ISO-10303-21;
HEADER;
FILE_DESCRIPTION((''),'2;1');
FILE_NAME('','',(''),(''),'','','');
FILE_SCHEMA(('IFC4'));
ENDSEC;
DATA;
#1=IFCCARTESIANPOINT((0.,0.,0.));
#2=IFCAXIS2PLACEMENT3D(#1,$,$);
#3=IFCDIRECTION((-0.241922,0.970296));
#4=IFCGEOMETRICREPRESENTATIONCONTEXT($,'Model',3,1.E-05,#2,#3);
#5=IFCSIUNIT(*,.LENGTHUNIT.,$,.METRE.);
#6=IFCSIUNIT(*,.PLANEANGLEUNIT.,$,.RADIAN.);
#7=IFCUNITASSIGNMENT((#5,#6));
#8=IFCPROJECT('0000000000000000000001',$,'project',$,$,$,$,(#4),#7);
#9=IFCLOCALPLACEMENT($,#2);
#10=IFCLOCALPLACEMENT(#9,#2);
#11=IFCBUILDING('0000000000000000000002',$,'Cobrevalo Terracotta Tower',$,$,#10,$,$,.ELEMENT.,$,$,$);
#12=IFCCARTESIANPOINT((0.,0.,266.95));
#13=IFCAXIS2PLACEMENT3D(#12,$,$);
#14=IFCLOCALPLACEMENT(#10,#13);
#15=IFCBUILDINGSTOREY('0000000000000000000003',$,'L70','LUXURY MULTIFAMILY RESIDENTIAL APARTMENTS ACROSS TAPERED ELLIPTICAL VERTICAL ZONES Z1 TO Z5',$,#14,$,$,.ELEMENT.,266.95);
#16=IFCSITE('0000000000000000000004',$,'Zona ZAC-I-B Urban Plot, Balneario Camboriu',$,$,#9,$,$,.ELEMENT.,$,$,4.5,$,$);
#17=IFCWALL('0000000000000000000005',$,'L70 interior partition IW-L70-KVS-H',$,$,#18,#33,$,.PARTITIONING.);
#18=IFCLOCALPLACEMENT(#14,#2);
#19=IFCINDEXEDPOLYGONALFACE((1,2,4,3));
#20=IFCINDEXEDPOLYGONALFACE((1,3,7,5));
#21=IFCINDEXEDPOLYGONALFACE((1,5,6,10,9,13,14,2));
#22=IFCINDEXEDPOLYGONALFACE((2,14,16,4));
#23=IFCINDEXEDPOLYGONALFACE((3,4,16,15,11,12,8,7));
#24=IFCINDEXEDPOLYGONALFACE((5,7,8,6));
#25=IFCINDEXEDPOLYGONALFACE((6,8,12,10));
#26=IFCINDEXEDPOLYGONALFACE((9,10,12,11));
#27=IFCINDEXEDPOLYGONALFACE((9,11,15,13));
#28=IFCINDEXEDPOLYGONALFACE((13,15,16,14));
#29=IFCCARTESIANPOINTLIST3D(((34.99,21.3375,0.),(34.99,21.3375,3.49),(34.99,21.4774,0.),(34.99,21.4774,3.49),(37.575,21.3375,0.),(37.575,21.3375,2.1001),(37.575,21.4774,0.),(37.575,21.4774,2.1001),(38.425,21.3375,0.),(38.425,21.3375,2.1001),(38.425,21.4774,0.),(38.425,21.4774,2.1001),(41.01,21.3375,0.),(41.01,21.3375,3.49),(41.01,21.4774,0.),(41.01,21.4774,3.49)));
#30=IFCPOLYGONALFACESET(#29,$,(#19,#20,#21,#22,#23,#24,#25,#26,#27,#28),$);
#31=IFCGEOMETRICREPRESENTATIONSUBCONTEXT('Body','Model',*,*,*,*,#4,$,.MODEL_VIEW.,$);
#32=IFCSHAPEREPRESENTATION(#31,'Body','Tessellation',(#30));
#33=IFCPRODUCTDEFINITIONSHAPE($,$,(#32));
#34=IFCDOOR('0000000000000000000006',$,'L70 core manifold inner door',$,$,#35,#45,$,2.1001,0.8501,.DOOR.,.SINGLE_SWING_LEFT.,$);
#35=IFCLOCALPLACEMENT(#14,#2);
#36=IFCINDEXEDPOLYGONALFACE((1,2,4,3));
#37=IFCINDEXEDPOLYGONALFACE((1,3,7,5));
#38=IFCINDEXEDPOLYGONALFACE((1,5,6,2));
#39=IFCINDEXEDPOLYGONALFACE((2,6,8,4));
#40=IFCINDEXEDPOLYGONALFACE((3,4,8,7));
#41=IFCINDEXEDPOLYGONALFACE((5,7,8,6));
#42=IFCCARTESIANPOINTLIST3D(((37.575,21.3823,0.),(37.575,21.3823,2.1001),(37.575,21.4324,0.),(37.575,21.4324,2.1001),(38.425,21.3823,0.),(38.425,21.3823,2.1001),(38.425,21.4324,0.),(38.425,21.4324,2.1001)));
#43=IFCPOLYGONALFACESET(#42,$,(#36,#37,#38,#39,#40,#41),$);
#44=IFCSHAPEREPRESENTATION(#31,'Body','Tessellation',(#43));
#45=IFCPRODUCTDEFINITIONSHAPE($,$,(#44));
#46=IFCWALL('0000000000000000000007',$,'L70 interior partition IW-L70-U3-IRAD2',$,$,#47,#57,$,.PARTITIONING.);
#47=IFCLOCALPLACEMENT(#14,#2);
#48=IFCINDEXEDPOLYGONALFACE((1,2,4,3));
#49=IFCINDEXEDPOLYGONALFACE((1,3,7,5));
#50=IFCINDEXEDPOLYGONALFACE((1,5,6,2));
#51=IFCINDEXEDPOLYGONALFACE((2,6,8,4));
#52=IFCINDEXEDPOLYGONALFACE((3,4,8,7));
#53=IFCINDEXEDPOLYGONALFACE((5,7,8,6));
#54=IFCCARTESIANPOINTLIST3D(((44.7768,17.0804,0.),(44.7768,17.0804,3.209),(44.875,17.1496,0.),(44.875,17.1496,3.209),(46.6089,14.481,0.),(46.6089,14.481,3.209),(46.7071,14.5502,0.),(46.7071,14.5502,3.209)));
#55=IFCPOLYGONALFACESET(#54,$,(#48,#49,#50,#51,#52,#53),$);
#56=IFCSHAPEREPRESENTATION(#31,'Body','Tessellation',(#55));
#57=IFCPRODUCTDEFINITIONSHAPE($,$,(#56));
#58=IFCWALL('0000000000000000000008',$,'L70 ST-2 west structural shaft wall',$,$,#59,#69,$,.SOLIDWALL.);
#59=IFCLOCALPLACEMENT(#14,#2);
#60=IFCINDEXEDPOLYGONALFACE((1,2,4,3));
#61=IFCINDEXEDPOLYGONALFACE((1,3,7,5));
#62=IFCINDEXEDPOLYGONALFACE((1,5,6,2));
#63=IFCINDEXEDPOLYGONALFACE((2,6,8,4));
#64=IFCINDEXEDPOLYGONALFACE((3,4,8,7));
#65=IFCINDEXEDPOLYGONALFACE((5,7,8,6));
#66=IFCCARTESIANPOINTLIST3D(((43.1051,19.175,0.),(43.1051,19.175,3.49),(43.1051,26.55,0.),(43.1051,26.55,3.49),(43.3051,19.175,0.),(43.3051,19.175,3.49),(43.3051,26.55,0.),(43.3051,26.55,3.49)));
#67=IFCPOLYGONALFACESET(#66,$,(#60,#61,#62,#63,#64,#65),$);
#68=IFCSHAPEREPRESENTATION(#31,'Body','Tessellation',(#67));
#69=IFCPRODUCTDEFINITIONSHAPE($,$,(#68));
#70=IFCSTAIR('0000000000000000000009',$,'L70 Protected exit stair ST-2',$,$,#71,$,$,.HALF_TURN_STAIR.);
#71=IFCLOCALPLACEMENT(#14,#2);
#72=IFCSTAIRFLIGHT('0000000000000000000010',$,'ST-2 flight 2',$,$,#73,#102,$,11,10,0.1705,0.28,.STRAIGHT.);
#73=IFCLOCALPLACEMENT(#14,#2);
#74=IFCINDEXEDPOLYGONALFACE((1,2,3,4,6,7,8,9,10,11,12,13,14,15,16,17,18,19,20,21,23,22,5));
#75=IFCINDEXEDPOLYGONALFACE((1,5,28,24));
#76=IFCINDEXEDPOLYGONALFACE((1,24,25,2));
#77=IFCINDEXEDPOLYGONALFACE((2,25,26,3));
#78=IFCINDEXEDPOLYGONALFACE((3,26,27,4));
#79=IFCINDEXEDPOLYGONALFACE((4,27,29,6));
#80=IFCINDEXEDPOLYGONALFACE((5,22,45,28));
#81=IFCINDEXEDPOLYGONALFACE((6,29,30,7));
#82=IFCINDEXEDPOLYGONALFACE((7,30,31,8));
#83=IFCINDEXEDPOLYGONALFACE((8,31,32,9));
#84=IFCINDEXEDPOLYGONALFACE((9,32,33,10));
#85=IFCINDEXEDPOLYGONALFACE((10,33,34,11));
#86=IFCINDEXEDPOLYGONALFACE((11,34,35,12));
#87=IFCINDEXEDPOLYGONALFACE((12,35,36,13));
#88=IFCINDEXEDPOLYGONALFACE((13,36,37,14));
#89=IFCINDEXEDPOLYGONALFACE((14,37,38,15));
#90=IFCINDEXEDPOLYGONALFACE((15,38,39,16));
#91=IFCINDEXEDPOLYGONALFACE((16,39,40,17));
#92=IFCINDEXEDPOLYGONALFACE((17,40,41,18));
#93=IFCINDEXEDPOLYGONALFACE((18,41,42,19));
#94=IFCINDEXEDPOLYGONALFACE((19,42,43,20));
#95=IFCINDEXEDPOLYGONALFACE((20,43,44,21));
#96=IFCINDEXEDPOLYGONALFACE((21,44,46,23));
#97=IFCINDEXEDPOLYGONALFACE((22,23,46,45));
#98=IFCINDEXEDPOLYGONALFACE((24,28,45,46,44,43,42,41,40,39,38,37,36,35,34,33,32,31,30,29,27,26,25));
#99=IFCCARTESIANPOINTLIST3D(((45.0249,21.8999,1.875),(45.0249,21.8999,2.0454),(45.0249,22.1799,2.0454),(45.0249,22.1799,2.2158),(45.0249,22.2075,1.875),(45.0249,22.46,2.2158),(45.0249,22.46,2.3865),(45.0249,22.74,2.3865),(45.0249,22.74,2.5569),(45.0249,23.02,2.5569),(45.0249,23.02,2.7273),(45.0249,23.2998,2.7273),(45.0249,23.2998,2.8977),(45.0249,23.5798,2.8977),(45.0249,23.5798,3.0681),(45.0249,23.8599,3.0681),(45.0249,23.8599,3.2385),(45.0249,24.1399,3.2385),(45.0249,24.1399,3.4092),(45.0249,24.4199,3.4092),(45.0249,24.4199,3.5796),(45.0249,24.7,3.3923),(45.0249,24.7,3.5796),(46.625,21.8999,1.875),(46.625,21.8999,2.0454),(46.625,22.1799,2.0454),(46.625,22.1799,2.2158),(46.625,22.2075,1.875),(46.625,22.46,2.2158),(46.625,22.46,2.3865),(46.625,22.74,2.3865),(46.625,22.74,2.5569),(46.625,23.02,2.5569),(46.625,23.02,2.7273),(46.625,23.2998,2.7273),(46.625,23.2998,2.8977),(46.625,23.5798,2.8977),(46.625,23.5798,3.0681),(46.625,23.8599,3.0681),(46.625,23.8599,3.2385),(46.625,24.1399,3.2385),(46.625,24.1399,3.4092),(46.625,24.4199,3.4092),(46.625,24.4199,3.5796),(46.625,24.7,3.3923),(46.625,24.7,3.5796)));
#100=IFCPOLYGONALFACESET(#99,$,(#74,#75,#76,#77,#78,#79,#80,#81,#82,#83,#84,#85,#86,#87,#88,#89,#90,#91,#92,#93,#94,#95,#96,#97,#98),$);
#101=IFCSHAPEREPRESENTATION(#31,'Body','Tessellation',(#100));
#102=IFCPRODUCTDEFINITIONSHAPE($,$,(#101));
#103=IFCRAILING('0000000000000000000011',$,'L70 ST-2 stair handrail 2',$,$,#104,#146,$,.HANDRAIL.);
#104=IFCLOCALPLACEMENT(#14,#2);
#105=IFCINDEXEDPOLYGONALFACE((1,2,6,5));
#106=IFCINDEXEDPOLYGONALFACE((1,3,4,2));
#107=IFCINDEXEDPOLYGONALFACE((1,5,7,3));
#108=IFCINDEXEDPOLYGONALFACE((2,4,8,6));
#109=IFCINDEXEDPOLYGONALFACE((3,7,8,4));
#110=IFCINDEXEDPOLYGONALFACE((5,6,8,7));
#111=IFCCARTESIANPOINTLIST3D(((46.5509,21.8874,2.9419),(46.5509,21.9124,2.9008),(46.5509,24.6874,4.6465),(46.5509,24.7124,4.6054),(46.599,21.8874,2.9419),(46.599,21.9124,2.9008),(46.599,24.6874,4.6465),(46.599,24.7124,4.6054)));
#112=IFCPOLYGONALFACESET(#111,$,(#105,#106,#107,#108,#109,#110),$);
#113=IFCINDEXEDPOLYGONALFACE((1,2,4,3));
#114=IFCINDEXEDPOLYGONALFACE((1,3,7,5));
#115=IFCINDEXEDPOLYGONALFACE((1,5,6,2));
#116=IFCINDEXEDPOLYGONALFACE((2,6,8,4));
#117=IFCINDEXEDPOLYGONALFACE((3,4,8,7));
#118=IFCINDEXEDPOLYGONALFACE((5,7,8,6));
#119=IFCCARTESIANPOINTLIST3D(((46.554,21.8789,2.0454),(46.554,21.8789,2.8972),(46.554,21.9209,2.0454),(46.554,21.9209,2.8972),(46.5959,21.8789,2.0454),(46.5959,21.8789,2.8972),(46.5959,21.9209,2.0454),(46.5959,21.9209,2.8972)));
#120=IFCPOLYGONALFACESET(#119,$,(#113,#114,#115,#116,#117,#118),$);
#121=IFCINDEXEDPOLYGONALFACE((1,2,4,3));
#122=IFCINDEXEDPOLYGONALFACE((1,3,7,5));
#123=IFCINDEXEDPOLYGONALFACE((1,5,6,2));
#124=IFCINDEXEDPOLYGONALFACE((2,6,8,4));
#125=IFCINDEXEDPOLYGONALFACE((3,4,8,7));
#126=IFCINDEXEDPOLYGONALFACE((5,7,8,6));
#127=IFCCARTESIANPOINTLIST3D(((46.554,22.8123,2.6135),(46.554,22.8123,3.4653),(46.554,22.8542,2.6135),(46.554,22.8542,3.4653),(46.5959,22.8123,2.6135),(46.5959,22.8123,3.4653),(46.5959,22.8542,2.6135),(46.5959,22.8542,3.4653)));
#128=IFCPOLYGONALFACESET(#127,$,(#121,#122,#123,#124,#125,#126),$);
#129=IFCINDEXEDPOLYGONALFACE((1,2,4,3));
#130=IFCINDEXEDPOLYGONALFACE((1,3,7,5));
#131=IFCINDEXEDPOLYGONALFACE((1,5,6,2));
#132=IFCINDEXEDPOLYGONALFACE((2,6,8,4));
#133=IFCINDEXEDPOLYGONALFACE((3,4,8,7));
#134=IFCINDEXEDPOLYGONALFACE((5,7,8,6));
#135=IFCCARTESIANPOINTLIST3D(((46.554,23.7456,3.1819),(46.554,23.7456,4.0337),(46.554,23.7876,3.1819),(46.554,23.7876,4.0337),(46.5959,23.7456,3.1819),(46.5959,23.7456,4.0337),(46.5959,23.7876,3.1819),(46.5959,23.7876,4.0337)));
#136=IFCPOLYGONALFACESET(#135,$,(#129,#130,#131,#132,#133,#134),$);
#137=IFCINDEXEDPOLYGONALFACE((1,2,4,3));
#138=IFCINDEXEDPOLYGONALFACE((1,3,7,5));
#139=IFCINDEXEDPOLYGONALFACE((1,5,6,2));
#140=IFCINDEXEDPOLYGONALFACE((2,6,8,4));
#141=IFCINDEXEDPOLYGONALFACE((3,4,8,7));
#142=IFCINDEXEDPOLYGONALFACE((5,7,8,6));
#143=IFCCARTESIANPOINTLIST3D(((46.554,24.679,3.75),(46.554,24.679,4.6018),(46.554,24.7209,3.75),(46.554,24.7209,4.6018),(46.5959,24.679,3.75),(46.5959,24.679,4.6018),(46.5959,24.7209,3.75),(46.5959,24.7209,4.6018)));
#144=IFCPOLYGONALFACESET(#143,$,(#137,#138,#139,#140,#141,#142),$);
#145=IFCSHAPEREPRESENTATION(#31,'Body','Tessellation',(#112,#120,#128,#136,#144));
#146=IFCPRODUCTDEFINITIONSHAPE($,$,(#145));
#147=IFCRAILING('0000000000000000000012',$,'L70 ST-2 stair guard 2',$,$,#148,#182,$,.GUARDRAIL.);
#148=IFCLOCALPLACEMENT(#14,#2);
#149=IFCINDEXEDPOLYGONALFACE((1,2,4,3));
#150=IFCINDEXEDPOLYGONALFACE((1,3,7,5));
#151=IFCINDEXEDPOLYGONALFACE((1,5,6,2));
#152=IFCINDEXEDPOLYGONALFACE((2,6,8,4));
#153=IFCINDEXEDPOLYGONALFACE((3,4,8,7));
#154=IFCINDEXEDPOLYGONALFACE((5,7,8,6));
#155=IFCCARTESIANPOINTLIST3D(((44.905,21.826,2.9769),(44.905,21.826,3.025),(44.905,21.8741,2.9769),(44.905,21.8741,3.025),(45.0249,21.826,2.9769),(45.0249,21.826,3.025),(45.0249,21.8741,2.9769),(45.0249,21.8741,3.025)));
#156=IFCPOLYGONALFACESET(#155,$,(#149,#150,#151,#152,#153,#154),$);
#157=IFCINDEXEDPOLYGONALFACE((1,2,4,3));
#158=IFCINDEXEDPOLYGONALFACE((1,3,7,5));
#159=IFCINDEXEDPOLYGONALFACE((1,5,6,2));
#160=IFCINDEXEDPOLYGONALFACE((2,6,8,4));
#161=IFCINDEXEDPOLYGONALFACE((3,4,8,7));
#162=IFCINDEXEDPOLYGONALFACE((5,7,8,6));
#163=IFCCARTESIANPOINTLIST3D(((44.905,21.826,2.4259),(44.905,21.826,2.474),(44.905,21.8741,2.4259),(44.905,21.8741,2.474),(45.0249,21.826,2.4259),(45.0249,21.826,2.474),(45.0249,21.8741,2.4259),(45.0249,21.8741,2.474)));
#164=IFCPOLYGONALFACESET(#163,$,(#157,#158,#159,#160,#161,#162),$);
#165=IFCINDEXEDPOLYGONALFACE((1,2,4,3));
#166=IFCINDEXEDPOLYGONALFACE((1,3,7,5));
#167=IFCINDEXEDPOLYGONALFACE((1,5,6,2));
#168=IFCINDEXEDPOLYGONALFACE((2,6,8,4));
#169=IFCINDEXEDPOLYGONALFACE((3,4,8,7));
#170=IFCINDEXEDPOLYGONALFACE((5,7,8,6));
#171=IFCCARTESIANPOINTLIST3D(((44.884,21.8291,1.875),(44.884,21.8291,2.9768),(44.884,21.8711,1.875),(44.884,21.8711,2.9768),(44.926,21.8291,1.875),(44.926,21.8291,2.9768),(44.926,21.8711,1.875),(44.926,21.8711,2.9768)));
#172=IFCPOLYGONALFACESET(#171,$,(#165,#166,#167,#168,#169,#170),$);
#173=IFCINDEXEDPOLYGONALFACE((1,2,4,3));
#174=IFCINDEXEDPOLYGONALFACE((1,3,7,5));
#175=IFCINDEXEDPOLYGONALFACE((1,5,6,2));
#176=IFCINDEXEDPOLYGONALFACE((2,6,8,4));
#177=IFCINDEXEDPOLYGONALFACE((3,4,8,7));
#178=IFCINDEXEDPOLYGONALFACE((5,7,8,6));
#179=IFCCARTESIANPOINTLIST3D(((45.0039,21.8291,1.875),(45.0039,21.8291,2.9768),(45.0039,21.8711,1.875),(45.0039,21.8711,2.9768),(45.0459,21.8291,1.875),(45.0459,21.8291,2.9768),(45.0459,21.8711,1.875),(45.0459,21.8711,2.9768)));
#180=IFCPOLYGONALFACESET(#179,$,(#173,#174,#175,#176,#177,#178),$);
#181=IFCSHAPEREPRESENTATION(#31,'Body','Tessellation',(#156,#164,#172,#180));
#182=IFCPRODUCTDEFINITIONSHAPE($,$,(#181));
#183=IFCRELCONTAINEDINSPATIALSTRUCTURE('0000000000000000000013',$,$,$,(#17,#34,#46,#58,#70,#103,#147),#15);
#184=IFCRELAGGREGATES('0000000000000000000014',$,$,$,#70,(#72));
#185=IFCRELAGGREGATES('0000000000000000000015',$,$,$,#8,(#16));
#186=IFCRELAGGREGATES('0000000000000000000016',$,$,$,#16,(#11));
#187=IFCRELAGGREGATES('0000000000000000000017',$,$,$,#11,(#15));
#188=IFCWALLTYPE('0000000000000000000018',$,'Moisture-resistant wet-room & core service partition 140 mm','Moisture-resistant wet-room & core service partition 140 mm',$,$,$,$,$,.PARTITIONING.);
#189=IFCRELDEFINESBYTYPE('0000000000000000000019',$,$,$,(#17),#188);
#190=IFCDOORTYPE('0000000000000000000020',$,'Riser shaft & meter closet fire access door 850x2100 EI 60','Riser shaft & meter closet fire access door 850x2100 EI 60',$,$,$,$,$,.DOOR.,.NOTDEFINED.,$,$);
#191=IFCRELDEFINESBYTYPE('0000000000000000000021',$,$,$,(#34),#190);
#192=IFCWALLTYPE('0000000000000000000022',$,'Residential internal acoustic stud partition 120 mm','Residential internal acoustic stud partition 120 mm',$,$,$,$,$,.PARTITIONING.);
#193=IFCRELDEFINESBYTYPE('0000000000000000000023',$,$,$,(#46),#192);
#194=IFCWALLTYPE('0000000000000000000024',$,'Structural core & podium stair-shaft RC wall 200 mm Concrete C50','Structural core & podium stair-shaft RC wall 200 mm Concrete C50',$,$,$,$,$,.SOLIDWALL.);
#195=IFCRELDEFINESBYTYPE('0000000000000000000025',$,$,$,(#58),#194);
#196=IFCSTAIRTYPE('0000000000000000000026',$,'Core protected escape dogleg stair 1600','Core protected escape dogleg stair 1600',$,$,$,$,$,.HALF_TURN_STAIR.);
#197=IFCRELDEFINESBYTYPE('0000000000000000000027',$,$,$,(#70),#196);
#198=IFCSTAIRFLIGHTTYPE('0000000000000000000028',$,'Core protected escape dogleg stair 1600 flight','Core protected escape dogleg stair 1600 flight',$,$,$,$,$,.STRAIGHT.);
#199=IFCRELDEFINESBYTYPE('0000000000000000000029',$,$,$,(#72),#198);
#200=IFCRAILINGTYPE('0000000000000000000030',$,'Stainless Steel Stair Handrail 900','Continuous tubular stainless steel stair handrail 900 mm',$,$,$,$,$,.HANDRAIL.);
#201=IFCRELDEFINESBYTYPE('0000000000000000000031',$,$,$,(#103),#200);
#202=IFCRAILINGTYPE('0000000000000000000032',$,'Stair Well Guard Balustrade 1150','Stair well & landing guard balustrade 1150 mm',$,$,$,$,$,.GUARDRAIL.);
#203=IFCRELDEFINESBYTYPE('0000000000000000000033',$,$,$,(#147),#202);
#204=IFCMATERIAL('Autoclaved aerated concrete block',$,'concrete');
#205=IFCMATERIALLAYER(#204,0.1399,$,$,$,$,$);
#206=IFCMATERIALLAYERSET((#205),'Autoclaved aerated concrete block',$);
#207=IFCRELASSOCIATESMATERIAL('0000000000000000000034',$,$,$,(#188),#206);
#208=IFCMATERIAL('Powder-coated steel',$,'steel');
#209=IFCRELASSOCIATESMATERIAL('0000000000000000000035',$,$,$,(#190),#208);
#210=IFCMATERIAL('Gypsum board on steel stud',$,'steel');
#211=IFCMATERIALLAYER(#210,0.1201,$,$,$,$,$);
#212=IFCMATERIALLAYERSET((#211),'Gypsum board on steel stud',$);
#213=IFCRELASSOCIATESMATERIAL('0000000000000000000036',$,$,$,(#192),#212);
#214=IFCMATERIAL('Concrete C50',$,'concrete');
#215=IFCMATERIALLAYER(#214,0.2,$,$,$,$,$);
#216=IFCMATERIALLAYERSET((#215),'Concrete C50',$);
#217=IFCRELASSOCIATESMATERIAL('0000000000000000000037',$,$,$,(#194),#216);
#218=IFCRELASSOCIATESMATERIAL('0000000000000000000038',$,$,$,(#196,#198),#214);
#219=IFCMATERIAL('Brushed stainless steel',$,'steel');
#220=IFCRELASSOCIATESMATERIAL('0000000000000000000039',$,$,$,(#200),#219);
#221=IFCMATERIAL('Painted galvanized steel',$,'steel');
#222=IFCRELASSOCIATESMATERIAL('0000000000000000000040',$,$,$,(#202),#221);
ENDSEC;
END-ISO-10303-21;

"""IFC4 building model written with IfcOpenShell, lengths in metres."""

from ifc_helpers import new_model, si_unit, direction, frame, frame_2d, origin, origin_2d, place, context, subcontext, project, spatial, polyline, rectangle, outline, extrude, source, transform, mapped, material, layer, layer_set, type_object, element, fill, aggregate, save


model = new_model("IFC4")

# Units and contexts
model_context = context("Model", 3, precision=1e-05, world=origin(), true_north=direction((-0.241922, 0.970296)))
body_context = subcontext(model_context, "Body", "Model", "MODEL_VIEW")
ifc_project = project(units=[si_unit("LENGTHUNIT", "METRE"), si_unit("PLANEANGLEUNIT", "RADIAN")], contexts=[model_context])

# Site, building, storey
site_placement = place(None, origin())
site = spatial("IfcSite", under=ifc_project, at=site_placement, Name="Zona ZAC-I-B Urban Plot, Balneario Camboriu", CompositionType="ELEMENT", RefElevation=4.5)
building_placement = place(site_placement, origin())
building = spatial("IfcBuilding", under=site, at=building_placement, Name="Cobrevalo Terracotta Tower", CompositionType="ELEMENT")
storey_placement = place(building_placement, frame((0.0, 0.0, 266.95)))
storey = spatial("IfcBuildingStorey", under=building, at=storey_placement, Name="L70", Description="LUXURY MULTIFAMILY RESIDENTIAL APARTMENTS ACROSS TAPERED ELLIPTICAL VERTICAL ZONES Z1 TO Z5", CompositionType="ELEMENT", Elevation=266.95)

# Shared definitions
ifc_material_1 = material(Name="Concrete C50", Category="concrete")

# Shared definitions
ifc_material_2 = material(Name="Gypsum board on steel stud", Category="steel")
ifc_material_3 = material(Name="Autoclaved aerated concrete block", Category="concrete")

# Shared definitions
ifc_layer_1 = layer(ifc_material_3, 0.1399)
ifc_layer_set_1 = layer_set([ifc_layer_1], Name="Autoclaved aerated concrete block")
wall_type_1 = type_object("IfcWallType", Name="Moisture-resistant wet-room & core service partition 140 mm", Description="Moisture-resistant wet-room & core service partition 140 mm", PredefinedType="PARTITIONING", material=ifc_layer_set_1)

# Wall, opening, door
wall_1_placement = place(storey_placement, frame((34.99, 21.4075, 0.0), z_axis=(0.0, 0.0, 1.0), x_axis=(1.0, 0.0, 0.0)))
wall_1 = element("IfcWall", 1, at=wall_1_placement, inside=storey, type_object=wall_type_1, Name="L70 interior partition IW-L70-KVS-H", PredefinedType="PARTITIONING", context=body_context, shape_type="SweptSolid", body=[
    extrude(rectangle(XDim=6.02, YDim=0.1399, at=frame_2d((3.01, 0.0))), origin(), (0.0, 0.0, 1.0), 3.49),
])
opening_1_placement = place(wall_1_placement, frame((2.585, 0.0, 0.0)))
opening_1 = element("IfcOpeningElement", 2, at=opening_1_placement, cuts=wall_1, PredefinedType="OPENING", context=body_context, shape_type="SweptSolid", body=[
    extrude(rectangle(XDim=0.8501, YDim=2.1001, at=frame_2d((0.425, 1.05))), frame((0.0, 0.0801, 0.0), z_axis=(0.0, -1.0, 0.0), x_axis=(1.0, 0.0, 0.0)), (0.0, 0.0, 1.0), 0.1599),
])
ifc_material_4 = material(Name="Powder-coated steel", Category="steel")
door_type_1 = type_object("IfcDoorType", Name="Riser shaft & meter closet fire access door 850x2100 EI 60", Description="Riser shaft & meter closet fire access door 850x2100 EI 60", OperationType="NOTDEFINED", PredefinedType="DOOR", material=ifc_material_4)
shared_shape_1 = source(origin(), body_context, "Body", "SweptSolid", [
    extrude(rectangle(XDim=0.8501, YDim=2.1001, at=frame_2d((0.425, 1.05))), frame((0.0, 0.0249, 0.0), z_axis=(0.0, -1.0, 0.0), x_axis=(1.0, 0.0, 0.0)), (0.0, 0.0, 1.0), 0.05),
])
door_1_placement = place(opening_1_placement, origin())
door_1 = element("IfcDoor", 3, at=door_1_placement, inside=storey, type_object=door_type_1, Name="L70 core manifold inner door", OperationType="SINGLE_SWING_LEFT", OverallHeight=2.1001, OverallWidth=0.8501, PredefinedType="DOOR", context=body_context, shape_type="MappedRepresentation", body=[
    mapped(shared_shape_1, transform((0.0, 0.0, 0.0), scale=1.0)),
])
fill(opening_1, door_1)

# Walls
ifc_layer_2 = layer(ifc_material_2, 0.1201)
ifc_layer_set_2 = layer_set([ifc_layer_2], Name="Gypsum board on steel stud")
wall_type_2 = type_object("IfcWallType", Name="Residential internal acoustic stud partition 120 mm", Description="Residential internal acoustic stud partition 120 mm", PredefinedType="PARTITIONING", material=ifc_layer_set_2)
wall_2_placement = place(storey_placement, frame((44.8259, 17.115, 0.0), z_axis=(0.0, 0.0, 1.0), x_axis=(0.576092, -0.817385, 0.0)))
element("IfcWall", 4, at=wall_2_placement, inside=storey, type_object=wall_type_2, Name="L70 interior partition IW-L70-U3-IRAD2", PredefinedType="PARTITIONING", context=body_context, shape_type="SweptSolid", body=[
    extrude(rectangle(XDim=3.1802, YDim=0.1201, at=frame_2d((1.5901, 0.0))), origin(), (0.0, 0.0, 1.0), 3.209),
])
ifc_layer_3 = layer(ifc_material_1, 0.2)
ifc_layer_set_3 = layer_set([ifc_layer_3], Name="Concrete C50")
wall_type_3 = type_object("IfcWallType", Name="Structural core & podium stair-shaft RC wall 200 mm Concrete C50", Description="Structural core & podium stair-shaft RC wall 200 mm Concrete C50", PredefinedType="SOLIDWALL", material=ifc_layer_set_3)
wall_3_placement = place(storey_placement, frame((43.2051, 19.175, 0.0), z_axis=(0.0, 0.0, 1.0), x_axis=(0.0, 1.0, 0.0)))
element("IfcWall", 5, at=wall_3_placement, inside=storey, type_object=wall_type_3, Name="L70 ST-2 west structural shaft wall", PredefinedType="SOLIDWALL", context=body_context, shape_type="SweptSolid", body=[
    extrude(rectangle(XDim=7.375, YDim=0.2, at=frame_2d((3.6875, 0.0))), origin(), (0.0, 0.0, 1.0), 3.49),
])

# Stair, stair flight
stair_type = type_object("IfcStairType", Name="Core protected escape dogleg stair 1600", Description="Core protected escape dogleg stair 1600", PredefinedType="HALF_TURN_STAIR", material=ifc_material_1)
stair_placement = place(storey_placement, origin())
stair = element("IfcStair", 6, at=stair_placement, inside=storey, type_object=stair_type, Name="L70 Protected exit stair ST-2", PredefinedType="HALF_TURN_STAIR")
stair_flight_type = type_object("IfcStairFlightType", Name="Core protected escape dogleg stair 1600 flight", Description="Core protected escape dogleg stair 1600 flight", PredefinedType="STRAIGHT", material=ifc_material_1)
stair_flight_placement = place(storey_placement, frame((45.825, 21.8999, 1.875), z_axis=(0.0, 0.0, 1.0), x_axis=(0.0, 1.0, 0.0)))
stair_flight = element("IfcStairFlight", 7, at=stair_flight_placement, type_object=stair_flight_type, Name="ST-2 flight 2", NumberOfRisers=11, NumberOfTreads=10, PredefinedType="STRAIGHT", RiserHeight=0.1705, TreadLength=0.28, context=body_context, shape_type="SweptSolid", body=[
    extrude(outline(polyline([(0.0, 0.0), (0.0, 0.1704), (0.28, 0.1704), (0.28, 0.3408), (0.5601, 0.3408), (0.5601, 0.5115), (0.8401, 0.5115), (0.8401, 0.6819), (1.1201, 0.6819), (1.1201, 0.8523), (1.3999, 0.8523), (1.3999, 1.0227), (1.6799, 1.0227), (1.6799, 1.1931), (1.96, 1.1931), (1.96, 1.3635), (2.24, 1.3635), (2.24, 1.5342), (2.52, 1.5342), (2.52, 1.7046), (2.8, 1.7046), (2.8, 1.875), (2.8, 1.5173), (0.3076, 0.0), (0.0, 0.0)])), frame((0.0, 0.8, 0.0), z_axis=(0.0, -1.0, 0.0), x_axis=(1.0, 0.0, 0.0)), (0.0, 0.0, 1.0), 1.6001),
])
aggregate(stair, [stair_flight])

# Railings
ifc_material_5 = material(Name="Brushed stainless steel", Category="steel")
railing_type_1 = type_object("IfcRailingType", Name="Stainless Steel Stair Handrail 900", Description="Continuous tubular stainless steel stair handrail 900 mm", PredefinedType="HANDRAIL", material=ifc_material_5)
railing_1_placement = place(storey_placement, frame((46.575, 21.8999, 2.0454)))
element("IfcRailing", 8, at=railing_1_placement, inside=storey, type_object=railing_type_1, Name="L70 ST-2 stair handrail 2", PredefinedType="HANDRAIL", context=body_context, shape_type="SweptSolid", body=[
    extrude(rectangle(XDim=0.0481, YDim=0.0481, at=origin_2d()), frame((0.0, 0.0, 0.876), z_axis=(0.0, 0.85417, 0.519994), x_axis=(-1.0, 0.0, 0.0)), (0.0, 0.0, 1.0), 3.2781),
    extrude(rectangle(XDim=0.042, YDim=0.042, at=origin_2d()), origin(), (0.0, 0.0, 1.0), 0.8518),
    extrude(rectangle(XDim=0.042, YDim=0.042, at=origin_2d()), frame((0.0, 0.9333, 0.5681)), (0.0, 0.0, 1.0), 0.8518),
    extrude(rectangle(XDim=0.042, YDim=0.042, at=origin_2d()), frame((0.0, 1.8667, 1.1365)), (0.0, 0.0, 1.0), 0.8518),
    extrude(rectangle(XDim=0.042, YDim=0.042, at=origin_2d()), frame((0.0, 2.8, 1.7046)), (0.0, 0.0, 1.0), 0.8518),
])
ifc_material_6 = material(Name="Painted galvanized steel", Category="steel")
railing_type_2 = type_object("IfcRailingType", Name="Stair Well Guard Balustrade 1150", Description="Stair well & landing guard balustrade 1150 mm", PredefinedType="GUARDRAIL", material=ifc_material_6)
railing_2_placement = place(storey_placement, frame((44.905, 21.8501, 1.875)))
element("IfcRailing", 9, at=railing_2_placement, inside=storey, type_object=railing_type_2, Name="L70 ST-2 stair guard 2", PredefinedType="GUARDRAIL", context=body_context, shape_type="SweptSolid", body=[
    extrude(rectangle(XDim=0.0481, YDim=0.0481, at=origin_2d()), frame((0.0, 0.0, 1.126), z_axis=(1.0, 0.0, 0.0), x_axis=(0.0, 1.0, 0.0)), (0.0, 0.0, 1.0), 0.1199),
    extrude(rectangle(XDim=0.0481, YDim=0.0481, at=origin_2d()), frame((0.0, 0.0, 0.575), z_axis=(1.0, 0.0, 0.0), x_axis=(0.0, 1.0, 0.0)), (0.0, 0.0, 1.0), 0.1199),
    extrude(rectangle(XDim=0.042, YDim=0.042, at=origin_2d()), origin(), (0.0, 0.0, 1.0), 1.1018),
    extrude(rectangle(XDim=0.042, YDim=0.042, at=origin_2d()), frame((0.1199, 0.0, 0.0)), (0.0, 0.0, 1.0), 1.1018),
])

save(model, "model.ifc")
